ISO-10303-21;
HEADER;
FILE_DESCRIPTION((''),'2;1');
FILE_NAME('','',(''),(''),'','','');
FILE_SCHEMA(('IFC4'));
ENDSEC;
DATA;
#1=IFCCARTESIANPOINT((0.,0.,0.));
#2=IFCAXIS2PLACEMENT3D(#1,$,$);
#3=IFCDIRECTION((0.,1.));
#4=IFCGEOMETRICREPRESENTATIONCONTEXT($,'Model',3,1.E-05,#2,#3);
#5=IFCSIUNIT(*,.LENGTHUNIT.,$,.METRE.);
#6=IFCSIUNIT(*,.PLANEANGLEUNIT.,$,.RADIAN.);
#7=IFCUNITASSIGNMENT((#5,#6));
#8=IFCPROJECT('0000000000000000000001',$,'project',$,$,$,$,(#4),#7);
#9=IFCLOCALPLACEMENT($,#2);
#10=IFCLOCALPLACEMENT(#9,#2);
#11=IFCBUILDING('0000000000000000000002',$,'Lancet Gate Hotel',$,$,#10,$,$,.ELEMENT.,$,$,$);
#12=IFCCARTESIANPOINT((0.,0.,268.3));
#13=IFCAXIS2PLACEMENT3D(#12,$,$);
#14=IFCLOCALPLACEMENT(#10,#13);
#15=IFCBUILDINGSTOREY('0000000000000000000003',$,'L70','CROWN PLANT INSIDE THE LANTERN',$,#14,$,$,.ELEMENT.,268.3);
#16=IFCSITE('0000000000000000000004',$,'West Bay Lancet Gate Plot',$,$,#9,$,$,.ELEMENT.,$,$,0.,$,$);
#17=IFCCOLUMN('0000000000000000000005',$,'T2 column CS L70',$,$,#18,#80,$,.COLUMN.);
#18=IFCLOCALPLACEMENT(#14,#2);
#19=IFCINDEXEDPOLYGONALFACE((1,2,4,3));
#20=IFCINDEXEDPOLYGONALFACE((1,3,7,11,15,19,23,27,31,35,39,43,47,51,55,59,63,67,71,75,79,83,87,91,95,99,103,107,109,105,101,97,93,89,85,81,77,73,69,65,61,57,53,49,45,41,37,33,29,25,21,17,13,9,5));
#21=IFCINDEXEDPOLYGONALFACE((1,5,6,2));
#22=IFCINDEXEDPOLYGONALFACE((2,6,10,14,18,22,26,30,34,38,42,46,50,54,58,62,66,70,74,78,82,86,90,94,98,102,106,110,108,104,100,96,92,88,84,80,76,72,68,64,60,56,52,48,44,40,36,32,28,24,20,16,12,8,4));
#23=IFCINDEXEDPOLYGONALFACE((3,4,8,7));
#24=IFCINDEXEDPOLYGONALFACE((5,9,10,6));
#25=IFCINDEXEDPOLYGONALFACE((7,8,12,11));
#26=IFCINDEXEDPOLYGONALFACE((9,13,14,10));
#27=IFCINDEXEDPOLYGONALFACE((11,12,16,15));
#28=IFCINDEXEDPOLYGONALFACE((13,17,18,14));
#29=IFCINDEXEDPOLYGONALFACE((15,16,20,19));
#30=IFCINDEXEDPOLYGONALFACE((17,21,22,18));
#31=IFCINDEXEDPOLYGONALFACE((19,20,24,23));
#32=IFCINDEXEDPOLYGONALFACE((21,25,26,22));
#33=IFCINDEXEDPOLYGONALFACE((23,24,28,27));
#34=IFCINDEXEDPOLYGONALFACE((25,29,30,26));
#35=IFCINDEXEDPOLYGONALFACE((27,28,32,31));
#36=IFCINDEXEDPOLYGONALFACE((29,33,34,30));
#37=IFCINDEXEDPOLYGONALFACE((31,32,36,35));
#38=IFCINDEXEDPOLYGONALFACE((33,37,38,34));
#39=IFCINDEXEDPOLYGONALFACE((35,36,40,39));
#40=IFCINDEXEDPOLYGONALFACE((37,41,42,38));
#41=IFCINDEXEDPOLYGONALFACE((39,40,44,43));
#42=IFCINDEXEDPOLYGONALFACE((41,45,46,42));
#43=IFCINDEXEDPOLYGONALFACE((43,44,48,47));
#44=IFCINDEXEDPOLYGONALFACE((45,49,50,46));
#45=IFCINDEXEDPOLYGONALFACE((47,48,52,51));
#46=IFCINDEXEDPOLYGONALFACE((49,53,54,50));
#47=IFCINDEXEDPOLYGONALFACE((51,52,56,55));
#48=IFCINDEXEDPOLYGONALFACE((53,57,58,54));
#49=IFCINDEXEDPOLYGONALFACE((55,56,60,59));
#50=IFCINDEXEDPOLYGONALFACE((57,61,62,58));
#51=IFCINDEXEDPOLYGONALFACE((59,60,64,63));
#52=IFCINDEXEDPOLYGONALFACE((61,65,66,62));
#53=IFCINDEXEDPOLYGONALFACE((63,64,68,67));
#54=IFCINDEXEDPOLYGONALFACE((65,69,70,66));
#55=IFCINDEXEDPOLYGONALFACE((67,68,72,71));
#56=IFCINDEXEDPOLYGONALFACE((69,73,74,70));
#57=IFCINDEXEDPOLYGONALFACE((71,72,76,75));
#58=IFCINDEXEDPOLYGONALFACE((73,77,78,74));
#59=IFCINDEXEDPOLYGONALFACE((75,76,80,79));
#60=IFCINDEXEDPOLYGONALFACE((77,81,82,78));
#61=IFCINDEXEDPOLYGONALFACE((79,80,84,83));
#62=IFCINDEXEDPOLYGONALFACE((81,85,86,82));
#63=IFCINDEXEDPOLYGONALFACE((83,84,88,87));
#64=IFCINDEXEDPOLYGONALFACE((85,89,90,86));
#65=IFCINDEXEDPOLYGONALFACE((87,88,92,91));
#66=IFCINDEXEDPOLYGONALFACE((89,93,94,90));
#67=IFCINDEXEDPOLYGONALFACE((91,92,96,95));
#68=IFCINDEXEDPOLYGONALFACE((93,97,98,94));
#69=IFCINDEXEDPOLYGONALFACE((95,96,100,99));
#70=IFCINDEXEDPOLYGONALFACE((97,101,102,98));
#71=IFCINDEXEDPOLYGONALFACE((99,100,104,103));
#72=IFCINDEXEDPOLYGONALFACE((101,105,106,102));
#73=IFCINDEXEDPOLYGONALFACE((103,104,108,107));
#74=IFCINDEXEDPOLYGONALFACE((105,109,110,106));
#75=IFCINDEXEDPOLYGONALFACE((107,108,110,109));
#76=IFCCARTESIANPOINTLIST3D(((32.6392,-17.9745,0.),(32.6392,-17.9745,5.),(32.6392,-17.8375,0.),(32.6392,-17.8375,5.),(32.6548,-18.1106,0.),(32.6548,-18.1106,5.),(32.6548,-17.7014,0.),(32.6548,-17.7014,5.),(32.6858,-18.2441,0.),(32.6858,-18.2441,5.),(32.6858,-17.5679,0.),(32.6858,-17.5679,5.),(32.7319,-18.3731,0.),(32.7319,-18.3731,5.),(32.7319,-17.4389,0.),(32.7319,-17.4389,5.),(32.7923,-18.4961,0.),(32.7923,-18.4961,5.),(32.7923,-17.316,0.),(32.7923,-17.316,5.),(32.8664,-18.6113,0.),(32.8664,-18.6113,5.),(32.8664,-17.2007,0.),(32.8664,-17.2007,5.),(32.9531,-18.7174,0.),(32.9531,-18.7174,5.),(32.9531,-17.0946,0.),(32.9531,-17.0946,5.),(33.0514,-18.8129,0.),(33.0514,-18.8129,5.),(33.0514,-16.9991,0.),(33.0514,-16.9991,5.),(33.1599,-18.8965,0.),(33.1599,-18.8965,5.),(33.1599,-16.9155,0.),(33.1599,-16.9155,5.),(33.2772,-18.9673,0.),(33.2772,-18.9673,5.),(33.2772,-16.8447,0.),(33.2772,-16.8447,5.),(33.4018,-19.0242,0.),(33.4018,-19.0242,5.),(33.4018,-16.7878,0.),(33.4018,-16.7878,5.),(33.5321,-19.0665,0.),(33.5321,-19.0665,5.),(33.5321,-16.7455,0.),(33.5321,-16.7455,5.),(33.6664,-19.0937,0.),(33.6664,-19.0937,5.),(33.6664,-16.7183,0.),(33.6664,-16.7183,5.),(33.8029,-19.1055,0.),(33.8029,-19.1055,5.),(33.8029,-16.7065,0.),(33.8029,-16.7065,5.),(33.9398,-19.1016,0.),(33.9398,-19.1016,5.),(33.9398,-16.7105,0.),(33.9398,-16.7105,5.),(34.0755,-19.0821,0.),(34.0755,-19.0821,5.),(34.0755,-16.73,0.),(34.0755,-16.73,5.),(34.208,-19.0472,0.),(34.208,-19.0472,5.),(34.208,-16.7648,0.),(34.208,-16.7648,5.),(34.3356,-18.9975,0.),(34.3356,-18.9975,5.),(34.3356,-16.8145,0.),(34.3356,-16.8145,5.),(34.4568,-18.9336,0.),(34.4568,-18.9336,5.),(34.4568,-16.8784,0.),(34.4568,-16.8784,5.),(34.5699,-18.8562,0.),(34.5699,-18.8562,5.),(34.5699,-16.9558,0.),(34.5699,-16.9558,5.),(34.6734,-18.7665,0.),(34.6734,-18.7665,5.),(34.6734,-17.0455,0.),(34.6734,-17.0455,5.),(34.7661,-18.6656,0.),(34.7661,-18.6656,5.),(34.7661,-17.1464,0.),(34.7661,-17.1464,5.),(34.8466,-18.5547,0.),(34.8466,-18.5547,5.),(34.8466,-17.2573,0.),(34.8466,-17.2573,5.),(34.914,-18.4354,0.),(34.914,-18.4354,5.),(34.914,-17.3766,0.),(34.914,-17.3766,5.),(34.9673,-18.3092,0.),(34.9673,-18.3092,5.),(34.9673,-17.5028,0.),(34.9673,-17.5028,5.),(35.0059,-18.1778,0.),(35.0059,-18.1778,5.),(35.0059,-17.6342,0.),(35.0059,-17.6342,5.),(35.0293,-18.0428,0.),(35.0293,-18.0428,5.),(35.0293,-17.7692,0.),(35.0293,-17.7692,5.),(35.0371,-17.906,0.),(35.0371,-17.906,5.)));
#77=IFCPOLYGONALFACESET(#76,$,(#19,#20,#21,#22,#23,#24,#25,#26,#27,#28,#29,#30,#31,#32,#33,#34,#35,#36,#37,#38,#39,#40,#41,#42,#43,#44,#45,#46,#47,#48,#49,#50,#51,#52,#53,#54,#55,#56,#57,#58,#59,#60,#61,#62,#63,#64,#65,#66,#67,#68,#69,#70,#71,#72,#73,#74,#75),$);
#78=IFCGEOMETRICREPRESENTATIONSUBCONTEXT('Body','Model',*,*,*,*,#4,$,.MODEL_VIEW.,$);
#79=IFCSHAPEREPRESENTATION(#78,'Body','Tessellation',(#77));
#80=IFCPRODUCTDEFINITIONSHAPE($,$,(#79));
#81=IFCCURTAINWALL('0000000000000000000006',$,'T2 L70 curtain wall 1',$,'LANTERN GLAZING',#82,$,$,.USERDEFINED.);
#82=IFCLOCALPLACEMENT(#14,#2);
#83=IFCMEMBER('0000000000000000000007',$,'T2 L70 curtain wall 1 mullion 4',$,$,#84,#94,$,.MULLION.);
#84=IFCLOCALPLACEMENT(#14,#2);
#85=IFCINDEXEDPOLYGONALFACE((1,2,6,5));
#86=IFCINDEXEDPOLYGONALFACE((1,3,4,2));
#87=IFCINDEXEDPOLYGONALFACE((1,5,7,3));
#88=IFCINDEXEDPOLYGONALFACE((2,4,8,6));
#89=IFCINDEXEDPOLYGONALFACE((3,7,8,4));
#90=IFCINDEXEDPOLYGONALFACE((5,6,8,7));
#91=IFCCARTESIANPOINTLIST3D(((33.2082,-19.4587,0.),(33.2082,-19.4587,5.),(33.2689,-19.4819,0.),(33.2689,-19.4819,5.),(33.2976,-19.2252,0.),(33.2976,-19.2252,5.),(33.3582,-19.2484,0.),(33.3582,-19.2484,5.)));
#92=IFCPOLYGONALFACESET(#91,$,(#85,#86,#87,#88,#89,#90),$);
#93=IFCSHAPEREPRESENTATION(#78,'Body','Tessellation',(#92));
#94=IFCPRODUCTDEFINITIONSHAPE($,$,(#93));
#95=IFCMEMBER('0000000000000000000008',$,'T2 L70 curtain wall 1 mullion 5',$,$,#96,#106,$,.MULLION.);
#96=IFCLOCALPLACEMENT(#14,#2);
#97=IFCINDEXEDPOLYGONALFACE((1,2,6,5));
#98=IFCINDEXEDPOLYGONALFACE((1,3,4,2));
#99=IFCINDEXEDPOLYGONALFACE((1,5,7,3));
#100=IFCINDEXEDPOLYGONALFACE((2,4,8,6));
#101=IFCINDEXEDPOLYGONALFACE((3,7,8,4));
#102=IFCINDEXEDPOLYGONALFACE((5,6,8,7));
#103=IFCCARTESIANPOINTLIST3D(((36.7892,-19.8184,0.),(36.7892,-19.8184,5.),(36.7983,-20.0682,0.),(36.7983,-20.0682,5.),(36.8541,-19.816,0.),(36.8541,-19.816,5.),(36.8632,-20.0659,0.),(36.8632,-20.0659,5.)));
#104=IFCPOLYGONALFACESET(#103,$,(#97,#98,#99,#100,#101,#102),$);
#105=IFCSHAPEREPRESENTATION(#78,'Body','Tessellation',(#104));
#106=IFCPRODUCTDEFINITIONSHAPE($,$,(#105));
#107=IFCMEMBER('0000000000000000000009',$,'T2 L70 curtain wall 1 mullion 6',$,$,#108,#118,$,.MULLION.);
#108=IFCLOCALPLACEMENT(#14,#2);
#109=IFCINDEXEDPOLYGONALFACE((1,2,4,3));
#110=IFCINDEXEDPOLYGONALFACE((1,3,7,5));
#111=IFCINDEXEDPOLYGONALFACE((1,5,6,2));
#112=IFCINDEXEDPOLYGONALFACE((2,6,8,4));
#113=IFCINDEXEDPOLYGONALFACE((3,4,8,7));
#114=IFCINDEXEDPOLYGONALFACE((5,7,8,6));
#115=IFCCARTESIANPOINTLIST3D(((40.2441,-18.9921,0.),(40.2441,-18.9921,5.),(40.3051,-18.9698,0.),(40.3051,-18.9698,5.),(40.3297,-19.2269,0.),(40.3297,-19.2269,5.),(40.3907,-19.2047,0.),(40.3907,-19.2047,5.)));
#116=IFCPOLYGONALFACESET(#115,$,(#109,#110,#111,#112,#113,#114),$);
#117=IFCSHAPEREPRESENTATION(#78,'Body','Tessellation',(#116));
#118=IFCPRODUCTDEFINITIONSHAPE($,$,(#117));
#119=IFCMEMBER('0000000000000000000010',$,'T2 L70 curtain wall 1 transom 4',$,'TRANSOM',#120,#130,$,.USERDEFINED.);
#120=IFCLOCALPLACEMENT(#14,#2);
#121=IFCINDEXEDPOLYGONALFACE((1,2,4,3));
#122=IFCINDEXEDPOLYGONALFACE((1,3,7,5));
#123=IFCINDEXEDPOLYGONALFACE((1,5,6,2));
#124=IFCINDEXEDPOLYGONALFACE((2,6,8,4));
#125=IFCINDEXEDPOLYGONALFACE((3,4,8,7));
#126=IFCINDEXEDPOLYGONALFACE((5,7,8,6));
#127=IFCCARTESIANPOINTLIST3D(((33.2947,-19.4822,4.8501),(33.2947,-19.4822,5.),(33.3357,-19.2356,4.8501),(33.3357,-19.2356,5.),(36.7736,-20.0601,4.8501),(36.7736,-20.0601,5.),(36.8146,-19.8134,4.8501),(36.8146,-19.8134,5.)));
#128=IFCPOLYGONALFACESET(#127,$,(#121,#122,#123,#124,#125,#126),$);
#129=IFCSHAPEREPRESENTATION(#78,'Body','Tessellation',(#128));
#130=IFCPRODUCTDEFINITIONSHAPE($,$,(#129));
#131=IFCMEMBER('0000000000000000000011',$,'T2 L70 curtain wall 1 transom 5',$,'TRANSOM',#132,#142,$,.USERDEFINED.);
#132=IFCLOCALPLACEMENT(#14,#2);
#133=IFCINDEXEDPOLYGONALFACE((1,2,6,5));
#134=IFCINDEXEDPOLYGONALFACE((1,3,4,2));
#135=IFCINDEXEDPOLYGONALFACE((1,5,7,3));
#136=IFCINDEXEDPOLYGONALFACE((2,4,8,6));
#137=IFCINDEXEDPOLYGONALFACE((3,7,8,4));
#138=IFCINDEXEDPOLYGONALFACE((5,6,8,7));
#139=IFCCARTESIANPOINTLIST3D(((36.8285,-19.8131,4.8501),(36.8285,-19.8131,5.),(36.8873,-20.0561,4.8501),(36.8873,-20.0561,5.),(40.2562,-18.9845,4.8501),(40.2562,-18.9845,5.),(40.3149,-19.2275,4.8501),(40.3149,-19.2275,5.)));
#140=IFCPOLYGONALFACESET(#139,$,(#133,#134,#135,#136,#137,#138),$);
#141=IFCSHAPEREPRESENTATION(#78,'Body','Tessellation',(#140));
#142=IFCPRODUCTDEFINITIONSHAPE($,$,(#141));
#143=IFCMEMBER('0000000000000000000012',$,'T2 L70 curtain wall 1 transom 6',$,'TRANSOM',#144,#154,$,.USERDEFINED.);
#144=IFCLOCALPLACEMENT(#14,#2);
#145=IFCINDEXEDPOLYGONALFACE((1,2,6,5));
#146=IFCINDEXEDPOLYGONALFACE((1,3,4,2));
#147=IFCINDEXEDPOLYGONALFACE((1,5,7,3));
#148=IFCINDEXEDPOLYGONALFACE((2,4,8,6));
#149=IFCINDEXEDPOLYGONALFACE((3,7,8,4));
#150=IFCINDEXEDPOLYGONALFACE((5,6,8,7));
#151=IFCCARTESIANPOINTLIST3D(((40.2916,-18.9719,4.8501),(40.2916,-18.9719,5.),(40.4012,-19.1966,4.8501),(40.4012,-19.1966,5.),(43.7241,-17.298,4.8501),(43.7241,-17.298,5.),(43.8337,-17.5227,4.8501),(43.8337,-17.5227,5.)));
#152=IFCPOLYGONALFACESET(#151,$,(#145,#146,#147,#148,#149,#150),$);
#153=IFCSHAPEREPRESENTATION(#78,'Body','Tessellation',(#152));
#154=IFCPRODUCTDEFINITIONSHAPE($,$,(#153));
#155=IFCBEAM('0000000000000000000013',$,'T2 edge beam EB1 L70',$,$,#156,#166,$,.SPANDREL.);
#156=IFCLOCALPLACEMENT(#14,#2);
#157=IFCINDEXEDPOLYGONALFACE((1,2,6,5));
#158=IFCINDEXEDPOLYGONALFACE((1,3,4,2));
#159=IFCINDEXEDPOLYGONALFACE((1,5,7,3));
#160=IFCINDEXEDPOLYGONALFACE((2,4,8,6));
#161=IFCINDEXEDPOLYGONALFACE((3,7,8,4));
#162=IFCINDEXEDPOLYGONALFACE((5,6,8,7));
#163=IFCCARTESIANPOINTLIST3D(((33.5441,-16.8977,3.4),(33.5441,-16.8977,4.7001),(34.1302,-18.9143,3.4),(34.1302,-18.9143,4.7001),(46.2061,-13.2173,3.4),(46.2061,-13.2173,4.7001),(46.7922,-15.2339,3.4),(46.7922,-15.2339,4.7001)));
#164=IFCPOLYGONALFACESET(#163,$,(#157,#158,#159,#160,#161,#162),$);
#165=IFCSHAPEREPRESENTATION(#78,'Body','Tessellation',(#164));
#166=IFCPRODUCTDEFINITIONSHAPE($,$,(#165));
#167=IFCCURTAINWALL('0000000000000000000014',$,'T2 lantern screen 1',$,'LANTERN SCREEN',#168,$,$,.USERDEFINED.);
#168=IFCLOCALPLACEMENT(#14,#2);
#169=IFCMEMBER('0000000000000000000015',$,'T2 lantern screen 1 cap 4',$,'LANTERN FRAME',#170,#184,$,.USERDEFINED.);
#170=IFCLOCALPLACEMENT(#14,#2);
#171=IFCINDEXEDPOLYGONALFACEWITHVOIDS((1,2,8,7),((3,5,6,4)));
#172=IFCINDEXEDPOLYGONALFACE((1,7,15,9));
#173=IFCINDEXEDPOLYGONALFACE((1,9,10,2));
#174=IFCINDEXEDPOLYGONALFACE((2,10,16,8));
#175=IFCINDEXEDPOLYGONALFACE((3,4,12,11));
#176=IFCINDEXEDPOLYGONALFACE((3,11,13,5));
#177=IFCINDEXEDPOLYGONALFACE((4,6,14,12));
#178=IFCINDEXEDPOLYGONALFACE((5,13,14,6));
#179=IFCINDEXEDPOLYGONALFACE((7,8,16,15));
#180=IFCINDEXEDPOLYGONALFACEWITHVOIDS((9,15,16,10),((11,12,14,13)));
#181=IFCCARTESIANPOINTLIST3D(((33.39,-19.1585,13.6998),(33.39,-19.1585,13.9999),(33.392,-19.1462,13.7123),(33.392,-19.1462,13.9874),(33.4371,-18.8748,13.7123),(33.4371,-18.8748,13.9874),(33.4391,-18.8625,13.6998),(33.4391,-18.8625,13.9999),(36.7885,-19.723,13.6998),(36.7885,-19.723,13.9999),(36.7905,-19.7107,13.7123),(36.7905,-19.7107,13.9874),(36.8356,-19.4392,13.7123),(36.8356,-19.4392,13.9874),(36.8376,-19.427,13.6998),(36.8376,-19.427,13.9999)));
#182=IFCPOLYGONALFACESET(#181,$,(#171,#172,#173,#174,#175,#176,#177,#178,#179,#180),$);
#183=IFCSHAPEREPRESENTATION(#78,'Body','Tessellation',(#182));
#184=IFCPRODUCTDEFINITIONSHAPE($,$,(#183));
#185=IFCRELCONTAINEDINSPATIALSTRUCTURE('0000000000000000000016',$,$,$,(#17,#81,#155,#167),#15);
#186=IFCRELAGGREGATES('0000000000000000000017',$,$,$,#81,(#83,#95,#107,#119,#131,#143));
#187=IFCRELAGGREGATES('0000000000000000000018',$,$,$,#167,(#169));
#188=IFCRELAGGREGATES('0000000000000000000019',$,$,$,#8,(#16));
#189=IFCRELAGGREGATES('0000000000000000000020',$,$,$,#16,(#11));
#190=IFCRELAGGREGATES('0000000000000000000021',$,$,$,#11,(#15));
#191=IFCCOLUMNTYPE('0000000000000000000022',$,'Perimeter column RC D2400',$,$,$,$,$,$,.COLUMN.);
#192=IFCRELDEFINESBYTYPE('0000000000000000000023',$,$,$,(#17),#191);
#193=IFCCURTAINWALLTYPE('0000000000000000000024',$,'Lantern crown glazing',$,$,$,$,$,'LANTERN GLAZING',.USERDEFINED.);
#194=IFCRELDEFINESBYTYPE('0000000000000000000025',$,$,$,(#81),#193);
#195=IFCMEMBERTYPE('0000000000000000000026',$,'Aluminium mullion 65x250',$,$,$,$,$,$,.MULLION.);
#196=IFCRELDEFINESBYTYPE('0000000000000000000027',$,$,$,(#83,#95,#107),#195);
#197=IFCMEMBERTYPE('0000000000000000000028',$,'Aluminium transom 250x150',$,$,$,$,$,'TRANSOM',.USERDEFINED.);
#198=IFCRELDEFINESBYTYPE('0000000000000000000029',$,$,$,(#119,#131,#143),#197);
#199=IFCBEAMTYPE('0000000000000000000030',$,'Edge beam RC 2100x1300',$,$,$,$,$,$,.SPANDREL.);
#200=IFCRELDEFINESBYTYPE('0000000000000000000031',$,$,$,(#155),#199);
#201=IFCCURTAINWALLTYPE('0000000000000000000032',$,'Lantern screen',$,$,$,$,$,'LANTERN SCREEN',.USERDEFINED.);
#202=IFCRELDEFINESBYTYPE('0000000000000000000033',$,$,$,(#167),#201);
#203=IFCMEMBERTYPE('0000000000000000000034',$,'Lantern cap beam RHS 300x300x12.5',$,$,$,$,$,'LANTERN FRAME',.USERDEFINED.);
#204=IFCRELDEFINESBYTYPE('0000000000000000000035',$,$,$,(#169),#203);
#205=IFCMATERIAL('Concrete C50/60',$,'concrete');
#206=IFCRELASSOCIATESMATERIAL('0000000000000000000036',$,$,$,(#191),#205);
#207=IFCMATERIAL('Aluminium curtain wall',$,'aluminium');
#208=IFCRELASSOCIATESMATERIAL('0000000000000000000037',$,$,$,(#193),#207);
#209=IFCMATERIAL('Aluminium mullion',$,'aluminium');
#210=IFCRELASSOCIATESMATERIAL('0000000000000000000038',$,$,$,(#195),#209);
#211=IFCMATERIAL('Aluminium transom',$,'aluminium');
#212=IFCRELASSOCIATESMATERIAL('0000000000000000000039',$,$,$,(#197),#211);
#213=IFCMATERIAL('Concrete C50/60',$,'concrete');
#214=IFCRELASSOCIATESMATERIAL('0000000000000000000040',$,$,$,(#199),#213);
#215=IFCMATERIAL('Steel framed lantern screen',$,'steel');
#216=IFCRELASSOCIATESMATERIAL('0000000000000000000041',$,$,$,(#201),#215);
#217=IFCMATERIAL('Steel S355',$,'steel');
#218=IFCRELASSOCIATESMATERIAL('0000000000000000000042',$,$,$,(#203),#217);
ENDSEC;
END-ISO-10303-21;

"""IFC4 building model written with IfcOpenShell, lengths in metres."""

from ifc_helpers import new_model, si_unit, direction, frame, origin, origin_2d, place, context, subcontext, project, spatial, rectangle, hollow_rectangle, circle, extrude, material, material_profile, profile_set, type_object, element, aggregate, save


model = new_model("IFC4")

# Units and contexts
model_context = context("Model", 3, precision=1e-05, world=origin(), true_north=direction((0.0, 1.0)))
body_context = subcontext(model_context, "Body", "Model", "MODEL_VIEW")
ifc_project = project(units=[si_unit("LENGTHUNIT", "METRE"), si_unit("PLANEANGLEUNIT", "RADIAN")], contexts=[model_context])

# Site, building, storey
site_placement = place(None, origin())
site = spatial("IfcSite", under=ifc_project, at=site_placement, Name="West Bay Lancet Gate Plot", CompositionType="ELEMENT", RefElevation=0.0)
building_placement = place(site_placement, origin())
building = spatial("IfcBuilding", under=site, at=building_placement, Name="Lancet Gate Hotel", CompositionType="ELEMENT")
storey_placement = place(building_placement, frame((0.0, 0.0, 268.3)))
storey = spatial("IfcBuildingStorey", under=building, at=storey_placement, Name="L70", Description="CROWN PLANT INSIDE THE LANTERN", CompositionType="ELEMENT", Elevation=268.3)

# Column
ifc_material_1 = material(Name="Concrete C50/60", Category="concrete")
ifc_material_profile_1 = material_profile(ifc_material_1, circle(Radius=1.2, at=origin_2d()), Name="RC D2400")
ifc_profile_set_1 = profile_set([ifc_material_profile_1], Name="Concrete C50/60")
column_type = type_object("IfcColumnType", Name="Perimeter column RC D2400", PredefinedType="COLUMN", material=ifc_profile_set_1)
column_placement = place(storey_placement, frame((33.8372, -17.906, 0.0), z_axis=(0.0, 0.0, 1.0), x_axis=(1.0, 0.0, 0.0)))
element("IfcColumn", 1, at=column_placement, inside=storey, type_object=column_type, Name="T2 column CS L70", PredefinedType="COLUMN", context=body_context, shape_type="SweptSolid", body=[
    extrude(circle(Radius=1.2, at=origin_2d()), origin(), (0.0, 0.0, 1.0), 5.0),
])

# Curtain wall, members
ifc_material_2 = material(Name="Aluminium curtain wall", Category="aluminium")
curtain_wall_type_1 = type_object("IfcCurtainWallType", Name="Lantern crown glazing", ElementType="LANTERN GLAZING", PredefinedType="USERDEFINED", material=ifc_material_2)
curtain_wall_1_placement = place(storey_placement, origin())
curtain_wall_1 = element("IfcCurtainWall", 2, at=curtain_wall_1_placement, inside=storey, type_object=curtain_wall_type_1, Name="T2 L70 curtain wall 1", ObjectType="LANTERN GLAZING", PredefinedType="USERDEFINED")
ifc_material_3 = material(Name="Aluminium mullion", Category="aluminium")
ifc_material_profile_2 = material_profile(ifc_material_3, rectangle(XDim=0.0649, YDim=0.25, at=origin_2d()), Name="MULLION 65x250")
ifc_profile_set_2 = profile_set([ifc_material_profile_2], Name="Aluminium mullion")
member_type_1 = type_object("IfcMemberType", Name="Aluminium mullion 65x250", PredefinedType="MULLION", material=ifc_profile_set_2)
member_1_placement = place(storey_placement, frame((33.2832, -19.3535, 0.0), z_axis=(0.0, 0.0, 1.0), x_axis=(0.933943, -0.357421, 0.0)))
member_1 = element("IfcMember", 3, at=member_1_placement, type_object=member_type_1, Name="T2 L70 curtain wall 1 mullion 4", PredefinedType="MULLION", context=body_context, shape_type="SweptSolid", body=[
    extrude(rectangle(XDim=0.0649, YDim=0.25, at=origin_2d()), origin(), (0.0, 0.0, 1.0), 5.0),
])
member_2_placement = place(storey_placement, frame((36.8262, -19.9421, 0.0), z_axis=(0.0, 0.0, 1.0), x_axis=(0.999343, 0.03625, 0.0)))
member_2 = element("IfcMember", 4, at=member_2_placement, type_object=member_type_1, Name="T2 L70 curtain wall 1 mullion 5", PredefinedType="MULLION", context=body_context, shape_type="SweptSolid", body=[
    extrude(rectangle(XDim=0.0649, YDim=0.25, at=origin_2d()), origin(), (0.0, 0.0, 1.0), 5.0),
])
member_3_placement = place(storey_placement, frame((40.3174, -19.0984, 0.0), z_axis=(0.0, 0.0, 1.0), x_axis=(0.939484, 0.342593, 0.0)))
member_3 = element("IfcMember", 5, at=member_3_placement, type_object=member_type_1, Name="T2 L70 curtain wall 1 mullion 6", PredefinedType="MULLION", context=body_context, shape_type="SweptSolid", body=[
    extrude(rectangle(XDim=0.0649, YDim=0.25, at=origin_2d()), origin(), (0.0, 0.0, 1.0), 5.0),
])
ifc_material_4 = material(Name="Aluminium transom", Category="aluminium")
ifc_material_profile_3 = material_profile(ifc_material_4, rectangle(XDim=0.25, YDim=0.1499, at=origin_2d()), Name="TRANSOM 250x150")
ifc_profile_set_3 = profile_set([ifc_material_profile_3], Name="Aluminium transom")
member_type_2 = type_object("IfcMemberType", Name="Aluminium transom 250x150", ElementType="TRANSOM", PredefinedType="USERDEFINED", material=ifc_profile_set_3)
member_4_placement = place(storey_placement, frame((33.3152, -19.3589, 4.925), z_axis=(0.986484, -0.16386, 0.0), x_axis=(0.16386, 0.986484, 0.0)))
member_4 = element("IfcMember", 6, at=member_4_placement, type_object=member_type_2, Name="T2 L70 curtain wall 1 transom 4", ObjectType="TRANSOM", PredefinedType="USERDEFINED", context=body_context, shape_type="SweptSolid", body=[
    extrude(rectangle(XDim=0.25, YDim=0.1499, at=origin_2d()), origin(), (0.0, 0.0, 1.0), 3.5266),
])
member_5_placement = place(storey_placement, frame((36.8579, -19.9346, 4.925), z_axis=(0.972003, 0.23497, 0.0), x_axis=(-0.23497, 0.972003, 0.0)))
member_5 = element("IfcMember", 7, at=member_5_placement, type_object=member_type_2, Name="T2 L70 curtain wall 1 transom 5", ObjectType="TRANSOM", PredefinedType="USERDEFINED", context=body_context, shape_type="SweptSolid", body=[
    extrude(rectangle(XDim=0.25, YDim=0.1499, at=origin_2d()), origin(), (0.0, 0.0, 1.0), 3.5264),
])
member_6_placement = place(storey_placement, frame((40.3464, -19.0842, 4.925), z_axis=(0.89882, 0.438318, 0.0), x_axis=(-0.438318, 0.89882, 0.0)))
member_6 = element("IfcMember", 8, at=member_6_placement, type_object=member_type_2, Name="T2 L70 curtain wall 1 transom 6", ObjectType="TRANSOM", PredefinedType="USERDEFINED", context=body_context, shape_type="SweptSolid", body=[
    extrude(rectangle(XDim=0.25, YDim=0.1499, at=origin_2d()), origin(), (0.0, 0.0, 1.0), 3.8188),
])

# Beam
ifc_material_5 = material(Name="Concrete C50/60", Category="concrete")
ifc_material_profile_4 = material_profile(ifc_material_5, rectangle(XDim=2.1001, YDim=1.3, at=origin_2d()), Name="RC 2100x1300")
ifc_profile_set_4 = profile_set([ifc_material_profile_4], Name="Concrete C50/60")
beam_type = type_object("IfcBeamType", Name="Edge beam RC 2100x1300", PredefinedType="SPANDREL", material=ifc_profile_set_4)
beam_placement = place(storey_placement, frame((33.8372, -17.906, 4.05), z_axis=(0.960258, 0.279113, 0.0), x_axis=(-0.279113, 0.960258, 0.0)))
element("IfcBeam", 9, at=beam_placement, inside=storey, type_object=beam_type, Name="T2 edge beam EB1 L70", PredefinedType="SPANDREL", context=body_context, shape_type="SweptSolid", body=[
    extrude(rectangle(XDim=2.1001, YDim=1.3, at=origin_2d()), origin(), (0.0, 0.0, 1.0), 13.186),
])

# Curtain wall, member
ifc_material_6 = material(Name="Steel framed lantern screen", Category="steel")
curtain_wall_type_2 = type_object("IfcCurtainWallType", Name="Lantern screen", ElementType="LANTERN SCREEN", PredefinedType="USERDEFINED", material=ifc_material_6)
curtain_wall_2_placement = place(storey_placement, origin())
curtain_wall_2 = element("IfcCurtainWall", 10, at=curtain_wall_2_placement, inside=storey, type_object=curtain_wall_type_2, Name="T2 lantern screen 1", ObjectType="LANTERN SCREEN", PredefinedType="USERDEFINED")
ifc_material_7 = material(Name="Steel S355", Category="steel")
ifc_material_profile_5 = material_profile(ifc_material_7, hollow_rectangle(XDim=0.3, YDim=0.3, WallThickness=0.0125, at=origin_2d()), Name="RHS 300x300x12.5")
ifc_profile_set_5 = profile_set([ifc_material_profile_5], Name="Steel S355")
member_type_3 = type_object("IfcMemberType", Name="Lantern cap beam RHS 300x300x12.5", ElementType="LANTERN FRAME", PredefinedType="USERDEFINED", material=ifc_profile_set_5)
member_7_placement = place(storey_placement, frame((33.4146, -19.0105, 13.8499), z_axis=(0.986486, -0.163847, 0.0), x_axis=(0.163847, 0.986486, 0.0)))
member_7 = element("IfcMember", 11, at=member_7_placement, type_object=member_type_3, Name="T2 lantern screen 1 cap 4", ObjectType="LANTERN FRAME", PredefinedType="USERDEFINED", context=body_context, shape_type="SweptSolid", body=[
    extrude(hollow_rectangle(XDim=0.3, YDim=0.3, WallThickness=0.0125, at=origin_2d()), origin(), (0.0, 0.0, 1.0), 3.4451),
])

aggregate(curtain_wall_1, [member_1, member_2, member_3, member_4, member_5, member_6])
aggregate(curtain_wall_2, [member_7])

save(model, "model.ifc")
